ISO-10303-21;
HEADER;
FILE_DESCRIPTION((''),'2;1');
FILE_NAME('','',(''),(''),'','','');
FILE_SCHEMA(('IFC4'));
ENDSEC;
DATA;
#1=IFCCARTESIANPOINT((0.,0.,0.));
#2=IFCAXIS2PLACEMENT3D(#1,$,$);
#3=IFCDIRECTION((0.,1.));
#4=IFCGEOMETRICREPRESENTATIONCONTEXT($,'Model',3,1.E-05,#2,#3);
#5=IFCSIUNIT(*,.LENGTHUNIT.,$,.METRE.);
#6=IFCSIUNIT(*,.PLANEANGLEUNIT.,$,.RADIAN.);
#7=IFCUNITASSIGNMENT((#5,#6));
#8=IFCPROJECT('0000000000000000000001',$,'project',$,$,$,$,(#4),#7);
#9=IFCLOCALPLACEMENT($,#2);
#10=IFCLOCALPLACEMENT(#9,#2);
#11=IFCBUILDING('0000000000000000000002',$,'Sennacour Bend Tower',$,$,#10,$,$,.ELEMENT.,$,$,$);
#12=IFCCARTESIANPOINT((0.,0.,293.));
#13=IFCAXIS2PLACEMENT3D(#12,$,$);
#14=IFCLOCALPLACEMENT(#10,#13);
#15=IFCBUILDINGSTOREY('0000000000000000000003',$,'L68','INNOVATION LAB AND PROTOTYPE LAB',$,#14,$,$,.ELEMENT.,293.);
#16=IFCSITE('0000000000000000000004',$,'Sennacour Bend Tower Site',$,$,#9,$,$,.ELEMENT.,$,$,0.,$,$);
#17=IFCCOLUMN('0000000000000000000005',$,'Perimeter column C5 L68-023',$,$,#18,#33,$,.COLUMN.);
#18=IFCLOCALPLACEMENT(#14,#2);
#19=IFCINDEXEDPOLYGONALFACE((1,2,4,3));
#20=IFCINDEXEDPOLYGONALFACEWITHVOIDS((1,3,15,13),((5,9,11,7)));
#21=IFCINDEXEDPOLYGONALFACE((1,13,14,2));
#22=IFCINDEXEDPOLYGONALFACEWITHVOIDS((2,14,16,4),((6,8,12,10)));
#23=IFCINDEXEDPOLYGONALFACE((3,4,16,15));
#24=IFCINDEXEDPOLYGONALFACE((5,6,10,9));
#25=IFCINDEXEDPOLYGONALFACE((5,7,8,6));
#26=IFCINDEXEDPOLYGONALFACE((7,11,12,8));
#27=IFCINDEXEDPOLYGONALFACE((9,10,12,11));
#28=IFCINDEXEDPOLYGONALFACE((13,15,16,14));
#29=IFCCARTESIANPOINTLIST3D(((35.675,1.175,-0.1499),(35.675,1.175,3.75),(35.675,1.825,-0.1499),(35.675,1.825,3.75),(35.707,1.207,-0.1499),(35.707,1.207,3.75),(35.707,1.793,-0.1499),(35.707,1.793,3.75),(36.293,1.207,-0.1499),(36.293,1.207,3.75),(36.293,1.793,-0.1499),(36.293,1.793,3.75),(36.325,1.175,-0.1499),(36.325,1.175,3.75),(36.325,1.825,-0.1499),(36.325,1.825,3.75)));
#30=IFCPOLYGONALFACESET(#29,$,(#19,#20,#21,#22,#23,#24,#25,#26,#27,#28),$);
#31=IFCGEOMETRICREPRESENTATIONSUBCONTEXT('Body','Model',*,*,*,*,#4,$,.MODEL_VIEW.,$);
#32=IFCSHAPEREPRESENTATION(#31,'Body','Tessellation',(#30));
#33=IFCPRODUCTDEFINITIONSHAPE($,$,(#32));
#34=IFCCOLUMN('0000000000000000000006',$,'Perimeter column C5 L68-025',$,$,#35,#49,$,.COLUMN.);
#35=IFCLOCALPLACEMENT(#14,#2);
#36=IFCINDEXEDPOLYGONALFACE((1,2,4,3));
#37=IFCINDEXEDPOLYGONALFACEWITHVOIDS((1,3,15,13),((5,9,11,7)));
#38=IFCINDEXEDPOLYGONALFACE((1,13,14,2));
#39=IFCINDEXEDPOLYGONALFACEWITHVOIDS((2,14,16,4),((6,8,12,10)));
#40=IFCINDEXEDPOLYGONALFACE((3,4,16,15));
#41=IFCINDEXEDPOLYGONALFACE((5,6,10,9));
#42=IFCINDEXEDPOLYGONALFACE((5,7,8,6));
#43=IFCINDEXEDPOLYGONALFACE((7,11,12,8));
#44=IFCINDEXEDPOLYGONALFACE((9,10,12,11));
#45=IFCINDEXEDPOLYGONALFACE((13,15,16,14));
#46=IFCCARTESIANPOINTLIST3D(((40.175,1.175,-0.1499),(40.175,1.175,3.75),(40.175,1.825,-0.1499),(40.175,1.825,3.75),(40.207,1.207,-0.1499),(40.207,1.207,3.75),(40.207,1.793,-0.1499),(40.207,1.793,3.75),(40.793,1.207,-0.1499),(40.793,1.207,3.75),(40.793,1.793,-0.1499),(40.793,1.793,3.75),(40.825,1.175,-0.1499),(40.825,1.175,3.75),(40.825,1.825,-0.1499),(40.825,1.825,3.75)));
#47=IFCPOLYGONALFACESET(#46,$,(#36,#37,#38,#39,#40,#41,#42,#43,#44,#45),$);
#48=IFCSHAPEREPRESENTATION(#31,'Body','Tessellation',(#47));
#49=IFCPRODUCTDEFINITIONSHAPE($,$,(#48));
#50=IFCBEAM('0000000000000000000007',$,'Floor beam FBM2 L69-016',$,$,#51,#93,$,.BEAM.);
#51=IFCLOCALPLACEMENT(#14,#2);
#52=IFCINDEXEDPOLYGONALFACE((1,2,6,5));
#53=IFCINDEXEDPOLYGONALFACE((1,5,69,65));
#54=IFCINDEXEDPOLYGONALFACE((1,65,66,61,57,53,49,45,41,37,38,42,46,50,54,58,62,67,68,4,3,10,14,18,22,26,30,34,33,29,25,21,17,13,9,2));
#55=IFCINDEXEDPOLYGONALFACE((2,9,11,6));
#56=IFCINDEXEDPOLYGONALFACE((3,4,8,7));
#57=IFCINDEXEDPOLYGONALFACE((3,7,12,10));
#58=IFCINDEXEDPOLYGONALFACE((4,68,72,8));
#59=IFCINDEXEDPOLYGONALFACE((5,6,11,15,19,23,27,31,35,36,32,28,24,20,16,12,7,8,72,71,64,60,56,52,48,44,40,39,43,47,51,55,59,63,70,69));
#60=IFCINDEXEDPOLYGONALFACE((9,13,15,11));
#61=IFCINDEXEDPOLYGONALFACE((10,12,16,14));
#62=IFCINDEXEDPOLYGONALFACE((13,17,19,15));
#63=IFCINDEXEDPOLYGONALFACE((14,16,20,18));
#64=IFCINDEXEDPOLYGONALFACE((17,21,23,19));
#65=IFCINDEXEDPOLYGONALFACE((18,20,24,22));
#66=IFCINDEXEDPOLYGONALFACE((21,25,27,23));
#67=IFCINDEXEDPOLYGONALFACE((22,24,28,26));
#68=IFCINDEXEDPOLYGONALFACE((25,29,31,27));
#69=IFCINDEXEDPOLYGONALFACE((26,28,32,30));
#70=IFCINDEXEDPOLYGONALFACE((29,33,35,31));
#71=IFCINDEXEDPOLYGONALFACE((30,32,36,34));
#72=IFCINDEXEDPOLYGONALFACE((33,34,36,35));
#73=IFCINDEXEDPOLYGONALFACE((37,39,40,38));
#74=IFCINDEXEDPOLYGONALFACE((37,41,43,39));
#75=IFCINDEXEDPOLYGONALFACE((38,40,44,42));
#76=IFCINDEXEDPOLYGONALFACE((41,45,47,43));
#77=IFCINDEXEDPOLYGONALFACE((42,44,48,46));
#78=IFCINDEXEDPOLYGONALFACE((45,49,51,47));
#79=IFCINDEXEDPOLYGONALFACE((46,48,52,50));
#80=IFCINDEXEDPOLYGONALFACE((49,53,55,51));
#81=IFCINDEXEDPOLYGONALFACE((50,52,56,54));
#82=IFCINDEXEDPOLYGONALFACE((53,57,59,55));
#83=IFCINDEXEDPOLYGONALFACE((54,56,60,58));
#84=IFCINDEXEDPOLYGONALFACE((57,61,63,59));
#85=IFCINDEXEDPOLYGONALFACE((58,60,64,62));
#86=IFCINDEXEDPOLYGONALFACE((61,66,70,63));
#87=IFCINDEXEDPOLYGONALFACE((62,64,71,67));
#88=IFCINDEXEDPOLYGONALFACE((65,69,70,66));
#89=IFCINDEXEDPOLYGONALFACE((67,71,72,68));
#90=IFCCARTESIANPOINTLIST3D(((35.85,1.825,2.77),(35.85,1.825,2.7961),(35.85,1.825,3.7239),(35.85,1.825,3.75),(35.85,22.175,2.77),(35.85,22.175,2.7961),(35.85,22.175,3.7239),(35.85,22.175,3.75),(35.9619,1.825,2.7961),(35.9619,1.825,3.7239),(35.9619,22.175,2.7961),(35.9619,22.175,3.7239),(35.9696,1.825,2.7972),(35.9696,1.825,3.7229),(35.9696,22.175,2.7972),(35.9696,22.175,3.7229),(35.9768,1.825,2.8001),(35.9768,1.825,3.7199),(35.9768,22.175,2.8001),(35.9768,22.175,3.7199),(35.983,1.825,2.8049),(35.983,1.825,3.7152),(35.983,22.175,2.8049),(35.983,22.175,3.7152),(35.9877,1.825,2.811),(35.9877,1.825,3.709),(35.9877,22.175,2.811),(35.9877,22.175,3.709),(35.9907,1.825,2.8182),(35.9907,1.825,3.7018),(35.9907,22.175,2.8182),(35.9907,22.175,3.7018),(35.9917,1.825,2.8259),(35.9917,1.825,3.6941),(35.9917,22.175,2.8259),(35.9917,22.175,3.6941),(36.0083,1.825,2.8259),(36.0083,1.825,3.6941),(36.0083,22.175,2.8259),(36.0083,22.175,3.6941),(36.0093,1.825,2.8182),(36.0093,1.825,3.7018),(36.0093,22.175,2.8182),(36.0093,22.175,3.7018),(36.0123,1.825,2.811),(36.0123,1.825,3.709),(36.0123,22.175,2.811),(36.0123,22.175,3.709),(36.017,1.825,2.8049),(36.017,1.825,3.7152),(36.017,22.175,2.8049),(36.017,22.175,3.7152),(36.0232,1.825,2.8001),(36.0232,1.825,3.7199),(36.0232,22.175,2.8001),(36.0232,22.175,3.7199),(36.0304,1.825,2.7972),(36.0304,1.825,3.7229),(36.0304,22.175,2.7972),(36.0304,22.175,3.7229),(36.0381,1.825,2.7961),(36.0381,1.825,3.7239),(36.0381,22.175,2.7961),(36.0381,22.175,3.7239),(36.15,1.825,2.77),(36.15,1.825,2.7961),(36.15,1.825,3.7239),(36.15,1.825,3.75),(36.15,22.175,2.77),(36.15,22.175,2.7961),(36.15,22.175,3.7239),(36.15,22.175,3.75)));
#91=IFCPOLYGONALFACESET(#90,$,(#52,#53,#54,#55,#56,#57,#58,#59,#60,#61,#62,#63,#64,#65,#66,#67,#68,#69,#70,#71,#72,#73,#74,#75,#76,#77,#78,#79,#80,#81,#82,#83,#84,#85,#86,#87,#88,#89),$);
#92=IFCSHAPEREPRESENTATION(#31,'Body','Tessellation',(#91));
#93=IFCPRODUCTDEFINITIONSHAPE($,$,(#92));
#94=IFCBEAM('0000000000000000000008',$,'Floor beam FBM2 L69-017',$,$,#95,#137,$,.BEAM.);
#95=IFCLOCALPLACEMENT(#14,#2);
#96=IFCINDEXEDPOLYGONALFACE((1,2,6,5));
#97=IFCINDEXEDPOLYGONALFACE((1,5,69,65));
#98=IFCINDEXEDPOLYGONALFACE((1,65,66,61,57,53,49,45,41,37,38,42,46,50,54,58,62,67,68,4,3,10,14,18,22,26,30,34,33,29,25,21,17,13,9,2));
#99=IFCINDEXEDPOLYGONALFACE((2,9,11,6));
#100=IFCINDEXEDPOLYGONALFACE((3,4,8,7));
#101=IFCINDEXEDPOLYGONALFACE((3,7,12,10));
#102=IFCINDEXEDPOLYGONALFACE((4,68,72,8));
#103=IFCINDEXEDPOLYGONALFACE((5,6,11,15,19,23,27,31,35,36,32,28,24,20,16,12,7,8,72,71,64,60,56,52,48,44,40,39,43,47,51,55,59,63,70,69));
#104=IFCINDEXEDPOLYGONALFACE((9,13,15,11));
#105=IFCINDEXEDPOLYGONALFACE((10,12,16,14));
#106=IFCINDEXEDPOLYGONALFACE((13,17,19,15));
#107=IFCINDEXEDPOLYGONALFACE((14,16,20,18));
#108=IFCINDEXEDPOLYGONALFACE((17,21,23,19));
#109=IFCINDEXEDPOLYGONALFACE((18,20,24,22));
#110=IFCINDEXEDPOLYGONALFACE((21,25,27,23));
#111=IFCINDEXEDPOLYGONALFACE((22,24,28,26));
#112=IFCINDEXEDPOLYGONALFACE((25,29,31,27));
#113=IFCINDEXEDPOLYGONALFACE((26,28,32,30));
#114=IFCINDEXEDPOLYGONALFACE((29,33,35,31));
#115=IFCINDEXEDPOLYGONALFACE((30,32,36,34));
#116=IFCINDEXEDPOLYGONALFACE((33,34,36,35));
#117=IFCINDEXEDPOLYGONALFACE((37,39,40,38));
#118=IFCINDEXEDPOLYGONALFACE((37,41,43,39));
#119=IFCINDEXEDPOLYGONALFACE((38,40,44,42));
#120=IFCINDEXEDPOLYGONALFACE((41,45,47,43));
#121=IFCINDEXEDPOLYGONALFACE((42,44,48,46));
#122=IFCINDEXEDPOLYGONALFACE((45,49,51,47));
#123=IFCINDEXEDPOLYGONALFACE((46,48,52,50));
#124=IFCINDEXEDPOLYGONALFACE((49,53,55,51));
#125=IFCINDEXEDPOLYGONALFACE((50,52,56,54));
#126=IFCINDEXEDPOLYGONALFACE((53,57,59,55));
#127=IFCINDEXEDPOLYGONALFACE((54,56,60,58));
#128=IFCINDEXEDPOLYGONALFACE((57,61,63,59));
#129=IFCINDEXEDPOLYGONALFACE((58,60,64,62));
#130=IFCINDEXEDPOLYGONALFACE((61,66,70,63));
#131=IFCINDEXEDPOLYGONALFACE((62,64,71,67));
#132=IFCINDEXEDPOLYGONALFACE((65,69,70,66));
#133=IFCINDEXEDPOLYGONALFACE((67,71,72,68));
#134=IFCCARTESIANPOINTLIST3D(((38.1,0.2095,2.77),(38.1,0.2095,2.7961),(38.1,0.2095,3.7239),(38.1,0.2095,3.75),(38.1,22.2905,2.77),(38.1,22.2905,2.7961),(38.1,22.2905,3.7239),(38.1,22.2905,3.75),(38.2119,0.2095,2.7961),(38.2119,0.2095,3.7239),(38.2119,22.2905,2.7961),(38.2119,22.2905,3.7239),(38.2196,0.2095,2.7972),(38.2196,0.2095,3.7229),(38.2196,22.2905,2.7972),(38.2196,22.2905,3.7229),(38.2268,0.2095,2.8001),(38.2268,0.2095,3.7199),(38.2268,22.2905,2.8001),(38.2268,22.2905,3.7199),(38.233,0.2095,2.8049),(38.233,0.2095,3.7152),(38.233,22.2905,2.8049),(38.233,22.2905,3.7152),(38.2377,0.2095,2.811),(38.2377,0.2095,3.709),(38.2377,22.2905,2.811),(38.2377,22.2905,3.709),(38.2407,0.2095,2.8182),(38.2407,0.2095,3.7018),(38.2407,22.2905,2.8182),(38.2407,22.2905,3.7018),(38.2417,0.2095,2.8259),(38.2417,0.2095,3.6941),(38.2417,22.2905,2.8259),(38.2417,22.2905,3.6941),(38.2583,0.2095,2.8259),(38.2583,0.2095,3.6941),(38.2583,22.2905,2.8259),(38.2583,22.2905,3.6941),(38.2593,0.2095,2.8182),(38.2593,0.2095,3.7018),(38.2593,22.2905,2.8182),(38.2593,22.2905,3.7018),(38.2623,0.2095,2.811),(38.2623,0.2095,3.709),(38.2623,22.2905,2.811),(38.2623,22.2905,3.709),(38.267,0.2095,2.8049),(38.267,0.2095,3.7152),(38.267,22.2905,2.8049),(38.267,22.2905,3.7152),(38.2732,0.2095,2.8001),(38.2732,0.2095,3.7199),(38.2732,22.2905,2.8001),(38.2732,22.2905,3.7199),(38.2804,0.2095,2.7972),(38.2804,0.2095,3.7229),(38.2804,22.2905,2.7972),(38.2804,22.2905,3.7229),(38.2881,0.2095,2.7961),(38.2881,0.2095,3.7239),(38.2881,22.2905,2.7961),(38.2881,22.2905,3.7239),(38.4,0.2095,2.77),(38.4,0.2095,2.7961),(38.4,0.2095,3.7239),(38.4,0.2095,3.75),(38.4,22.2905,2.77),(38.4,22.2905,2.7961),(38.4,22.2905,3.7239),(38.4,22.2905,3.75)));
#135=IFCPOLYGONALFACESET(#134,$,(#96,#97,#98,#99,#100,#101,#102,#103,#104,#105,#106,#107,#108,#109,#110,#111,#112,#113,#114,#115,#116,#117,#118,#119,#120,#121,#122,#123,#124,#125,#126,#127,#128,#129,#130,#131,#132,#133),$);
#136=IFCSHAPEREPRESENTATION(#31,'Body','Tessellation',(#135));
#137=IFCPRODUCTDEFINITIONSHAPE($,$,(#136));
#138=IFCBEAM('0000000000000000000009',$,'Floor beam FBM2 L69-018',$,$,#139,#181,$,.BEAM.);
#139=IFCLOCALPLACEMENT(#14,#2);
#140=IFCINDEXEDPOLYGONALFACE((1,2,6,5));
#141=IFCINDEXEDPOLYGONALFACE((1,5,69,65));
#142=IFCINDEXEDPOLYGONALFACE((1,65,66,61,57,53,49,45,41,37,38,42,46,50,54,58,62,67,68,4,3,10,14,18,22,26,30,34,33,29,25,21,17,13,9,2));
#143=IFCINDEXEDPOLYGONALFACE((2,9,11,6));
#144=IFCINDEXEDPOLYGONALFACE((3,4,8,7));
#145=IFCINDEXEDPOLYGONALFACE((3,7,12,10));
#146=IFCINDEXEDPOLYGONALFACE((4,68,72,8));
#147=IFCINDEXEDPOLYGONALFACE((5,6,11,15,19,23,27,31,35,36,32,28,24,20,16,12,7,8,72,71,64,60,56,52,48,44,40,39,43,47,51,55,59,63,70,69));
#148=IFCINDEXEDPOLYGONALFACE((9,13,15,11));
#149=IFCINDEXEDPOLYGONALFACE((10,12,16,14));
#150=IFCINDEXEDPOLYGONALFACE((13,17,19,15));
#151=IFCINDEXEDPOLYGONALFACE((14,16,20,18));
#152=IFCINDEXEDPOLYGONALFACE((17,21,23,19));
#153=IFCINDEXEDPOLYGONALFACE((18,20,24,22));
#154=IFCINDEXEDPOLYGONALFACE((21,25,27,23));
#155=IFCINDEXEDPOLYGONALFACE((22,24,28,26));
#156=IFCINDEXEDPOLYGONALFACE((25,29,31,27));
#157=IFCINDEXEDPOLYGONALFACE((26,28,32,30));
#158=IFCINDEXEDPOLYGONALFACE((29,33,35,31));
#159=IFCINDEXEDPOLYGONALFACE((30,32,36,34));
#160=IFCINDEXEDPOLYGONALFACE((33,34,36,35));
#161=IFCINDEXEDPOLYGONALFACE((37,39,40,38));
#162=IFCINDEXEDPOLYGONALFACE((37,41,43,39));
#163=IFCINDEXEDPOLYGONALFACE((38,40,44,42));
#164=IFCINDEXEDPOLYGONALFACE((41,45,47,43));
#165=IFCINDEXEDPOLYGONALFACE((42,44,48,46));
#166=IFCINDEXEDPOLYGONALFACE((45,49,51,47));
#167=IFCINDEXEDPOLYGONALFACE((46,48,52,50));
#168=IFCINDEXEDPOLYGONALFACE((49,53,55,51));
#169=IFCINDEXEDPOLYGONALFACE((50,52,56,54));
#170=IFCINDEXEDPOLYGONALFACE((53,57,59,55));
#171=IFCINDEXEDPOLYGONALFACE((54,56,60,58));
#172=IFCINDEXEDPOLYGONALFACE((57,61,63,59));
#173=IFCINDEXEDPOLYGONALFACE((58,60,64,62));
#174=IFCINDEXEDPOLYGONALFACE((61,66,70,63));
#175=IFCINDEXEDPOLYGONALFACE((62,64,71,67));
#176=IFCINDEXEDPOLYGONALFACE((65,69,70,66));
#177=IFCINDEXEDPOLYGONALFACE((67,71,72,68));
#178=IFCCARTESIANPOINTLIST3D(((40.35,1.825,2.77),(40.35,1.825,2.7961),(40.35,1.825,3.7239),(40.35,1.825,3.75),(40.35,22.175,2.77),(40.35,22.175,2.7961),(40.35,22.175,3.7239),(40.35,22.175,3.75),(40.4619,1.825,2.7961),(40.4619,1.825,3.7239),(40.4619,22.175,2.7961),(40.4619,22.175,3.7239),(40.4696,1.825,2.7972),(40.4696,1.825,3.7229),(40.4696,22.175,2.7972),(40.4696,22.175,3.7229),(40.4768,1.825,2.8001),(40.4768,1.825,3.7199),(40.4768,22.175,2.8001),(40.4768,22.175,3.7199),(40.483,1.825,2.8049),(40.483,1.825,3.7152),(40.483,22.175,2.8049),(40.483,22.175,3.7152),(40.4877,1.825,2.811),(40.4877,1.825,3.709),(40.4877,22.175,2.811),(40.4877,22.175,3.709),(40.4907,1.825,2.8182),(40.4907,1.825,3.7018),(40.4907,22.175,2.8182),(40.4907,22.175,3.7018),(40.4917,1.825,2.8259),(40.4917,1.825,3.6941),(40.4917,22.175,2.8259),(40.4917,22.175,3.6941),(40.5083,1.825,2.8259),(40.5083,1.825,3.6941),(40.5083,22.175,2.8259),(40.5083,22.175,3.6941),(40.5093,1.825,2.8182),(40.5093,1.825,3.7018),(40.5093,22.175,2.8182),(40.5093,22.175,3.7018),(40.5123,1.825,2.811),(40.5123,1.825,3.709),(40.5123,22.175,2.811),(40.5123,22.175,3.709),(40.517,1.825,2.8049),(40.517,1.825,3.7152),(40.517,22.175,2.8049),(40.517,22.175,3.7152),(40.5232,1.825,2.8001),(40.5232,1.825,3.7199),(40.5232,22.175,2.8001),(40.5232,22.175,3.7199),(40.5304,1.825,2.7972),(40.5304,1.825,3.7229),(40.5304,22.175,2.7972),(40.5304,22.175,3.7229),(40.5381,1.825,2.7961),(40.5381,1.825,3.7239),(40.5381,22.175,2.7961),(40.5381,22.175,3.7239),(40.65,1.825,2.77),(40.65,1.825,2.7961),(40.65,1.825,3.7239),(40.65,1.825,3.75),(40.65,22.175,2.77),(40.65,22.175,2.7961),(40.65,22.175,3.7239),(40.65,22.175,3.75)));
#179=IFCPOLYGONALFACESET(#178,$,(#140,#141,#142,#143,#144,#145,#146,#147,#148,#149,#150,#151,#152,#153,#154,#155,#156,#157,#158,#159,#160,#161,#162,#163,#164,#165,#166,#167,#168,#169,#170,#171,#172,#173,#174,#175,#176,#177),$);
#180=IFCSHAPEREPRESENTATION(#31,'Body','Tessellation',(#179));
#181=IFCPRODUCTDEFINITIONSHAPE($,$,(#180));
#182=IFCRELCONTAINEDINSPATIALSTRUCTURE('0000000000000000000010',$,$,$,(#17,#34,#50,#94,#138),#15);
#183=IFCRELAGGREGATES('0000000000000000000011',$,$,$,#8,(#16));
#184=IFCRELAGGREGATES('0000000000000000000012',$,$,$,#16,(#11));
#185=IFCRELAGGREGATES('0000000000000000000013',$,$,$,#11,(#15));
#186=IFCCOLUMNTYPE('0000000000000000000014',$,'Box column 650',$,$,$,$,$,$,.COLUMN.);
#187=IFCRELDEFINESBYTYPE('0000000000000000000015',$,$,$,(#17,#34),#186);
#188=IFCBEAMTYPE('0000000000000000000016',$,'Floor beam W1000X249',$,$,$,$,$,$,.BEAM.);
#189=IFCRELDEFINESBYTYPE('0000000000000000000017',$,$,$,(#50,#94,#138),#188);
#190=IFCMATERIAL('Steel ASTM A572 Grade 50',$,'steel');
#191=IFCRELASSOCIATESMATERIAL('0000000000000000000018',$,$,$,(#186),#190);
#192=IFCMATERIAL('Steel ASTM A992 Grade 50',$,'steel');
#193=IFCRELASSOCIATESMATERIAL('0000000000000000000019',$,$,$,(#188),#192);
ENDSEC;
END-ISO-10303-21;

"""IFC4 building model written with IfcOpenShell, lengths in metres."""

from ifc_helpers import new_model, si_unit, direction, frame, origin, origin_2d, place, context, subcontext, project, spatial, hollow_rectangle, i_section, extrude, material, material_profile, profile_set, type_object, element, save


model = new_model("IFC4")

# Units and contexts
model_context = context("Model", 3, precision=1e-05, world=origin(), true_north=direction((0.0, 1.0)))
body_context = subcontext(model_context, "Body", "Model", "MODEL_VIEW")
ifc_project = project(units=[si_unit("LENGTHUNIT", "METRE"), si_unit("PLANEANGLEUNIT", "RADIAN")], contexts=[model_context])

# Site, building, storey
site_placement = place(None, origin())
site = spatial("IfcSite", under=ifc_project, at=site_placement, Name="Sennacour Bend Tower Site", CompositionType="ELEMENT", RefElevation=0.0)
building_placement = place(site_placement, origin())
building = spatial("IfcBuilding", under=site, at=building_placement, Name="Sennacour Bend Tower", CompositionType="ELEMENT")
storey_placement = place(building_placement, frame((0.0, 0.0, 293.0)))
storey = spatial("IfcBuildingStorey", under=building, at=storey_placement, Name="L68", Description="INNOVATION LAB AND PROTOTYPE LAB", CompositionType="ELEMENT", Elevation=293.0)

# Columns
ifc_material_1 = material(Name="Steel ASTM A572 Grade 50", Category="steel")
ifc_material_profile_1 = material_profile(ifc_material_1, hollow_rectangle(XDim=0.6499, YDim=0.6499, WallThickness=0.032, at=origin_2d()), Name="Steel ASTM A572 Grade 50", Category="steel")
ifc_profile_set_1 = profile_set([ifc_material_profile_1], Name="Steel ASTM A572 Grade 50")
column_type = type_object("IfcColumnType", Name="Box column 650", PredefinedType="COLUMN", material=ifc_profile_set_1)
for number, where, z_axis, x_axis, name in (
    (1, (36.0, 1.5, -0.1499), (0.0, 0.0, 1.0), (1.0, 0.0, 0.0), "Perimeter column C5 L68-023"),
    (2, (40.5, 1.5, -0.1499), (0.0, 0.0, 1.0), (1.0, 0.0, 0.0), "Perimeter column C5 L68-025"),
):
    element("IfcColumn", number, at=place(storey_placement, frame(where, z_axis=z_axis, x_axis=x_axis)), inside=storey, type_object=column_type, Name=name, PredefinedType="COLUMN", context=body_context, shape_type="SweptSolid", body=[
        extrude(hollow_rectangle(XDim=0.6499, YDim=0.6499, WallThickness=0.032, at=origin_2d()), origin(), (0.0, 0.0, 1.0), 3.8999),
    ])

# Beams
ifc_material_2 = material(Name="Steel ASTM A992 Grade 50", Category="steel")
ifc_material_profile_2 = material_profile(ifc_material_2, i_section(OverallWidth=0.3, OverallDepth=0.98, WebThickness=0.0166, FlangeThickness=0.0261, FilletRadius=0.0298, at=origin_2d()), Name="Steel ASTM A992 Grade 50", Category="steel")
ifc_profile_set_2 = profile_set([ifc_material_profile_2], Name="Steel ASTM A992 Grade 50")
beam_type_1 = type_object("IfcBeamType", Name="Floor beam W1000X249", PredefinedType="BEAM", material=ifc_profile_set_2)
beam_1_placement = place(storey_placement, frame((36.0, 1.825, 3.26), z_axis=(0.0, 1.0, 0.0), x_axis=(-1.0, 0.0, 0.0)))
element("IfcBeam", 3, at=beam_1_placement, inside=storey, type_object=beam_type_1, Name="Floor beam FBM2 L69-016", PredefinedType="BEAM", context=body_context, shape_type="SweptSolid", body=[
    extrude(i_section(OverallWidth=0.3, OverallDepth=0.98, WebThickness=0.0166, FlangeThickness=0.0261, FilletRadius=0.0298, at=origin_2d()), origin(), (0.0, 0.0, 1.0), 20.3501),
])
beam_2_placement = place(storey_placement, frame((38.25, 0.2095, 3.26), z_axis=(0.0, 1.0, 0.0), x_axis=(-1.0, 0.0, 0.0)))
element("IfcBeam", 4, at=beam_2_placement, inside=storey, type_object=beam_type_1, Name="Floor beam FBM2 L69-017", PredefinedType="BEAM", context=body_context, shape_type="SweptSolid", body=[
    extrude(i_section(OverallWidth=0.3, OverallDepth=0.98, WebThickness=0.0166, FlangeThickness=0.0261, FilletRadius=0.0298, at=origin_2d()), origin(), (0.0, 0.0, 1.0), 22.0811),
])
beam_3_placement = place(storey_placement, frame((40.5, 1.825, 3.26), z_axis=(0.0, 1.0, 0.0), x_axis=(-1.0, 0.0, 0.0)))
element("IfcBeam", 5, at=beam_3_placement, inside=storey, type_object=beam_type_1, Name="Floor beam FBM2 L69-018", PredefinedType="BEAM", context=body_context, shape_type="SweptSolid", body=[
    extrude(i_section(OverallWidth=0.3, OverallDepth=0.98, WebThickness=0.0166, FlangeThickness=0.0261, FilletRadius=0.0298, at=origin_2d()), origin(), (0.0, 0.0, 1.0), 20.3501),
])

save(model, "model.ifc")
